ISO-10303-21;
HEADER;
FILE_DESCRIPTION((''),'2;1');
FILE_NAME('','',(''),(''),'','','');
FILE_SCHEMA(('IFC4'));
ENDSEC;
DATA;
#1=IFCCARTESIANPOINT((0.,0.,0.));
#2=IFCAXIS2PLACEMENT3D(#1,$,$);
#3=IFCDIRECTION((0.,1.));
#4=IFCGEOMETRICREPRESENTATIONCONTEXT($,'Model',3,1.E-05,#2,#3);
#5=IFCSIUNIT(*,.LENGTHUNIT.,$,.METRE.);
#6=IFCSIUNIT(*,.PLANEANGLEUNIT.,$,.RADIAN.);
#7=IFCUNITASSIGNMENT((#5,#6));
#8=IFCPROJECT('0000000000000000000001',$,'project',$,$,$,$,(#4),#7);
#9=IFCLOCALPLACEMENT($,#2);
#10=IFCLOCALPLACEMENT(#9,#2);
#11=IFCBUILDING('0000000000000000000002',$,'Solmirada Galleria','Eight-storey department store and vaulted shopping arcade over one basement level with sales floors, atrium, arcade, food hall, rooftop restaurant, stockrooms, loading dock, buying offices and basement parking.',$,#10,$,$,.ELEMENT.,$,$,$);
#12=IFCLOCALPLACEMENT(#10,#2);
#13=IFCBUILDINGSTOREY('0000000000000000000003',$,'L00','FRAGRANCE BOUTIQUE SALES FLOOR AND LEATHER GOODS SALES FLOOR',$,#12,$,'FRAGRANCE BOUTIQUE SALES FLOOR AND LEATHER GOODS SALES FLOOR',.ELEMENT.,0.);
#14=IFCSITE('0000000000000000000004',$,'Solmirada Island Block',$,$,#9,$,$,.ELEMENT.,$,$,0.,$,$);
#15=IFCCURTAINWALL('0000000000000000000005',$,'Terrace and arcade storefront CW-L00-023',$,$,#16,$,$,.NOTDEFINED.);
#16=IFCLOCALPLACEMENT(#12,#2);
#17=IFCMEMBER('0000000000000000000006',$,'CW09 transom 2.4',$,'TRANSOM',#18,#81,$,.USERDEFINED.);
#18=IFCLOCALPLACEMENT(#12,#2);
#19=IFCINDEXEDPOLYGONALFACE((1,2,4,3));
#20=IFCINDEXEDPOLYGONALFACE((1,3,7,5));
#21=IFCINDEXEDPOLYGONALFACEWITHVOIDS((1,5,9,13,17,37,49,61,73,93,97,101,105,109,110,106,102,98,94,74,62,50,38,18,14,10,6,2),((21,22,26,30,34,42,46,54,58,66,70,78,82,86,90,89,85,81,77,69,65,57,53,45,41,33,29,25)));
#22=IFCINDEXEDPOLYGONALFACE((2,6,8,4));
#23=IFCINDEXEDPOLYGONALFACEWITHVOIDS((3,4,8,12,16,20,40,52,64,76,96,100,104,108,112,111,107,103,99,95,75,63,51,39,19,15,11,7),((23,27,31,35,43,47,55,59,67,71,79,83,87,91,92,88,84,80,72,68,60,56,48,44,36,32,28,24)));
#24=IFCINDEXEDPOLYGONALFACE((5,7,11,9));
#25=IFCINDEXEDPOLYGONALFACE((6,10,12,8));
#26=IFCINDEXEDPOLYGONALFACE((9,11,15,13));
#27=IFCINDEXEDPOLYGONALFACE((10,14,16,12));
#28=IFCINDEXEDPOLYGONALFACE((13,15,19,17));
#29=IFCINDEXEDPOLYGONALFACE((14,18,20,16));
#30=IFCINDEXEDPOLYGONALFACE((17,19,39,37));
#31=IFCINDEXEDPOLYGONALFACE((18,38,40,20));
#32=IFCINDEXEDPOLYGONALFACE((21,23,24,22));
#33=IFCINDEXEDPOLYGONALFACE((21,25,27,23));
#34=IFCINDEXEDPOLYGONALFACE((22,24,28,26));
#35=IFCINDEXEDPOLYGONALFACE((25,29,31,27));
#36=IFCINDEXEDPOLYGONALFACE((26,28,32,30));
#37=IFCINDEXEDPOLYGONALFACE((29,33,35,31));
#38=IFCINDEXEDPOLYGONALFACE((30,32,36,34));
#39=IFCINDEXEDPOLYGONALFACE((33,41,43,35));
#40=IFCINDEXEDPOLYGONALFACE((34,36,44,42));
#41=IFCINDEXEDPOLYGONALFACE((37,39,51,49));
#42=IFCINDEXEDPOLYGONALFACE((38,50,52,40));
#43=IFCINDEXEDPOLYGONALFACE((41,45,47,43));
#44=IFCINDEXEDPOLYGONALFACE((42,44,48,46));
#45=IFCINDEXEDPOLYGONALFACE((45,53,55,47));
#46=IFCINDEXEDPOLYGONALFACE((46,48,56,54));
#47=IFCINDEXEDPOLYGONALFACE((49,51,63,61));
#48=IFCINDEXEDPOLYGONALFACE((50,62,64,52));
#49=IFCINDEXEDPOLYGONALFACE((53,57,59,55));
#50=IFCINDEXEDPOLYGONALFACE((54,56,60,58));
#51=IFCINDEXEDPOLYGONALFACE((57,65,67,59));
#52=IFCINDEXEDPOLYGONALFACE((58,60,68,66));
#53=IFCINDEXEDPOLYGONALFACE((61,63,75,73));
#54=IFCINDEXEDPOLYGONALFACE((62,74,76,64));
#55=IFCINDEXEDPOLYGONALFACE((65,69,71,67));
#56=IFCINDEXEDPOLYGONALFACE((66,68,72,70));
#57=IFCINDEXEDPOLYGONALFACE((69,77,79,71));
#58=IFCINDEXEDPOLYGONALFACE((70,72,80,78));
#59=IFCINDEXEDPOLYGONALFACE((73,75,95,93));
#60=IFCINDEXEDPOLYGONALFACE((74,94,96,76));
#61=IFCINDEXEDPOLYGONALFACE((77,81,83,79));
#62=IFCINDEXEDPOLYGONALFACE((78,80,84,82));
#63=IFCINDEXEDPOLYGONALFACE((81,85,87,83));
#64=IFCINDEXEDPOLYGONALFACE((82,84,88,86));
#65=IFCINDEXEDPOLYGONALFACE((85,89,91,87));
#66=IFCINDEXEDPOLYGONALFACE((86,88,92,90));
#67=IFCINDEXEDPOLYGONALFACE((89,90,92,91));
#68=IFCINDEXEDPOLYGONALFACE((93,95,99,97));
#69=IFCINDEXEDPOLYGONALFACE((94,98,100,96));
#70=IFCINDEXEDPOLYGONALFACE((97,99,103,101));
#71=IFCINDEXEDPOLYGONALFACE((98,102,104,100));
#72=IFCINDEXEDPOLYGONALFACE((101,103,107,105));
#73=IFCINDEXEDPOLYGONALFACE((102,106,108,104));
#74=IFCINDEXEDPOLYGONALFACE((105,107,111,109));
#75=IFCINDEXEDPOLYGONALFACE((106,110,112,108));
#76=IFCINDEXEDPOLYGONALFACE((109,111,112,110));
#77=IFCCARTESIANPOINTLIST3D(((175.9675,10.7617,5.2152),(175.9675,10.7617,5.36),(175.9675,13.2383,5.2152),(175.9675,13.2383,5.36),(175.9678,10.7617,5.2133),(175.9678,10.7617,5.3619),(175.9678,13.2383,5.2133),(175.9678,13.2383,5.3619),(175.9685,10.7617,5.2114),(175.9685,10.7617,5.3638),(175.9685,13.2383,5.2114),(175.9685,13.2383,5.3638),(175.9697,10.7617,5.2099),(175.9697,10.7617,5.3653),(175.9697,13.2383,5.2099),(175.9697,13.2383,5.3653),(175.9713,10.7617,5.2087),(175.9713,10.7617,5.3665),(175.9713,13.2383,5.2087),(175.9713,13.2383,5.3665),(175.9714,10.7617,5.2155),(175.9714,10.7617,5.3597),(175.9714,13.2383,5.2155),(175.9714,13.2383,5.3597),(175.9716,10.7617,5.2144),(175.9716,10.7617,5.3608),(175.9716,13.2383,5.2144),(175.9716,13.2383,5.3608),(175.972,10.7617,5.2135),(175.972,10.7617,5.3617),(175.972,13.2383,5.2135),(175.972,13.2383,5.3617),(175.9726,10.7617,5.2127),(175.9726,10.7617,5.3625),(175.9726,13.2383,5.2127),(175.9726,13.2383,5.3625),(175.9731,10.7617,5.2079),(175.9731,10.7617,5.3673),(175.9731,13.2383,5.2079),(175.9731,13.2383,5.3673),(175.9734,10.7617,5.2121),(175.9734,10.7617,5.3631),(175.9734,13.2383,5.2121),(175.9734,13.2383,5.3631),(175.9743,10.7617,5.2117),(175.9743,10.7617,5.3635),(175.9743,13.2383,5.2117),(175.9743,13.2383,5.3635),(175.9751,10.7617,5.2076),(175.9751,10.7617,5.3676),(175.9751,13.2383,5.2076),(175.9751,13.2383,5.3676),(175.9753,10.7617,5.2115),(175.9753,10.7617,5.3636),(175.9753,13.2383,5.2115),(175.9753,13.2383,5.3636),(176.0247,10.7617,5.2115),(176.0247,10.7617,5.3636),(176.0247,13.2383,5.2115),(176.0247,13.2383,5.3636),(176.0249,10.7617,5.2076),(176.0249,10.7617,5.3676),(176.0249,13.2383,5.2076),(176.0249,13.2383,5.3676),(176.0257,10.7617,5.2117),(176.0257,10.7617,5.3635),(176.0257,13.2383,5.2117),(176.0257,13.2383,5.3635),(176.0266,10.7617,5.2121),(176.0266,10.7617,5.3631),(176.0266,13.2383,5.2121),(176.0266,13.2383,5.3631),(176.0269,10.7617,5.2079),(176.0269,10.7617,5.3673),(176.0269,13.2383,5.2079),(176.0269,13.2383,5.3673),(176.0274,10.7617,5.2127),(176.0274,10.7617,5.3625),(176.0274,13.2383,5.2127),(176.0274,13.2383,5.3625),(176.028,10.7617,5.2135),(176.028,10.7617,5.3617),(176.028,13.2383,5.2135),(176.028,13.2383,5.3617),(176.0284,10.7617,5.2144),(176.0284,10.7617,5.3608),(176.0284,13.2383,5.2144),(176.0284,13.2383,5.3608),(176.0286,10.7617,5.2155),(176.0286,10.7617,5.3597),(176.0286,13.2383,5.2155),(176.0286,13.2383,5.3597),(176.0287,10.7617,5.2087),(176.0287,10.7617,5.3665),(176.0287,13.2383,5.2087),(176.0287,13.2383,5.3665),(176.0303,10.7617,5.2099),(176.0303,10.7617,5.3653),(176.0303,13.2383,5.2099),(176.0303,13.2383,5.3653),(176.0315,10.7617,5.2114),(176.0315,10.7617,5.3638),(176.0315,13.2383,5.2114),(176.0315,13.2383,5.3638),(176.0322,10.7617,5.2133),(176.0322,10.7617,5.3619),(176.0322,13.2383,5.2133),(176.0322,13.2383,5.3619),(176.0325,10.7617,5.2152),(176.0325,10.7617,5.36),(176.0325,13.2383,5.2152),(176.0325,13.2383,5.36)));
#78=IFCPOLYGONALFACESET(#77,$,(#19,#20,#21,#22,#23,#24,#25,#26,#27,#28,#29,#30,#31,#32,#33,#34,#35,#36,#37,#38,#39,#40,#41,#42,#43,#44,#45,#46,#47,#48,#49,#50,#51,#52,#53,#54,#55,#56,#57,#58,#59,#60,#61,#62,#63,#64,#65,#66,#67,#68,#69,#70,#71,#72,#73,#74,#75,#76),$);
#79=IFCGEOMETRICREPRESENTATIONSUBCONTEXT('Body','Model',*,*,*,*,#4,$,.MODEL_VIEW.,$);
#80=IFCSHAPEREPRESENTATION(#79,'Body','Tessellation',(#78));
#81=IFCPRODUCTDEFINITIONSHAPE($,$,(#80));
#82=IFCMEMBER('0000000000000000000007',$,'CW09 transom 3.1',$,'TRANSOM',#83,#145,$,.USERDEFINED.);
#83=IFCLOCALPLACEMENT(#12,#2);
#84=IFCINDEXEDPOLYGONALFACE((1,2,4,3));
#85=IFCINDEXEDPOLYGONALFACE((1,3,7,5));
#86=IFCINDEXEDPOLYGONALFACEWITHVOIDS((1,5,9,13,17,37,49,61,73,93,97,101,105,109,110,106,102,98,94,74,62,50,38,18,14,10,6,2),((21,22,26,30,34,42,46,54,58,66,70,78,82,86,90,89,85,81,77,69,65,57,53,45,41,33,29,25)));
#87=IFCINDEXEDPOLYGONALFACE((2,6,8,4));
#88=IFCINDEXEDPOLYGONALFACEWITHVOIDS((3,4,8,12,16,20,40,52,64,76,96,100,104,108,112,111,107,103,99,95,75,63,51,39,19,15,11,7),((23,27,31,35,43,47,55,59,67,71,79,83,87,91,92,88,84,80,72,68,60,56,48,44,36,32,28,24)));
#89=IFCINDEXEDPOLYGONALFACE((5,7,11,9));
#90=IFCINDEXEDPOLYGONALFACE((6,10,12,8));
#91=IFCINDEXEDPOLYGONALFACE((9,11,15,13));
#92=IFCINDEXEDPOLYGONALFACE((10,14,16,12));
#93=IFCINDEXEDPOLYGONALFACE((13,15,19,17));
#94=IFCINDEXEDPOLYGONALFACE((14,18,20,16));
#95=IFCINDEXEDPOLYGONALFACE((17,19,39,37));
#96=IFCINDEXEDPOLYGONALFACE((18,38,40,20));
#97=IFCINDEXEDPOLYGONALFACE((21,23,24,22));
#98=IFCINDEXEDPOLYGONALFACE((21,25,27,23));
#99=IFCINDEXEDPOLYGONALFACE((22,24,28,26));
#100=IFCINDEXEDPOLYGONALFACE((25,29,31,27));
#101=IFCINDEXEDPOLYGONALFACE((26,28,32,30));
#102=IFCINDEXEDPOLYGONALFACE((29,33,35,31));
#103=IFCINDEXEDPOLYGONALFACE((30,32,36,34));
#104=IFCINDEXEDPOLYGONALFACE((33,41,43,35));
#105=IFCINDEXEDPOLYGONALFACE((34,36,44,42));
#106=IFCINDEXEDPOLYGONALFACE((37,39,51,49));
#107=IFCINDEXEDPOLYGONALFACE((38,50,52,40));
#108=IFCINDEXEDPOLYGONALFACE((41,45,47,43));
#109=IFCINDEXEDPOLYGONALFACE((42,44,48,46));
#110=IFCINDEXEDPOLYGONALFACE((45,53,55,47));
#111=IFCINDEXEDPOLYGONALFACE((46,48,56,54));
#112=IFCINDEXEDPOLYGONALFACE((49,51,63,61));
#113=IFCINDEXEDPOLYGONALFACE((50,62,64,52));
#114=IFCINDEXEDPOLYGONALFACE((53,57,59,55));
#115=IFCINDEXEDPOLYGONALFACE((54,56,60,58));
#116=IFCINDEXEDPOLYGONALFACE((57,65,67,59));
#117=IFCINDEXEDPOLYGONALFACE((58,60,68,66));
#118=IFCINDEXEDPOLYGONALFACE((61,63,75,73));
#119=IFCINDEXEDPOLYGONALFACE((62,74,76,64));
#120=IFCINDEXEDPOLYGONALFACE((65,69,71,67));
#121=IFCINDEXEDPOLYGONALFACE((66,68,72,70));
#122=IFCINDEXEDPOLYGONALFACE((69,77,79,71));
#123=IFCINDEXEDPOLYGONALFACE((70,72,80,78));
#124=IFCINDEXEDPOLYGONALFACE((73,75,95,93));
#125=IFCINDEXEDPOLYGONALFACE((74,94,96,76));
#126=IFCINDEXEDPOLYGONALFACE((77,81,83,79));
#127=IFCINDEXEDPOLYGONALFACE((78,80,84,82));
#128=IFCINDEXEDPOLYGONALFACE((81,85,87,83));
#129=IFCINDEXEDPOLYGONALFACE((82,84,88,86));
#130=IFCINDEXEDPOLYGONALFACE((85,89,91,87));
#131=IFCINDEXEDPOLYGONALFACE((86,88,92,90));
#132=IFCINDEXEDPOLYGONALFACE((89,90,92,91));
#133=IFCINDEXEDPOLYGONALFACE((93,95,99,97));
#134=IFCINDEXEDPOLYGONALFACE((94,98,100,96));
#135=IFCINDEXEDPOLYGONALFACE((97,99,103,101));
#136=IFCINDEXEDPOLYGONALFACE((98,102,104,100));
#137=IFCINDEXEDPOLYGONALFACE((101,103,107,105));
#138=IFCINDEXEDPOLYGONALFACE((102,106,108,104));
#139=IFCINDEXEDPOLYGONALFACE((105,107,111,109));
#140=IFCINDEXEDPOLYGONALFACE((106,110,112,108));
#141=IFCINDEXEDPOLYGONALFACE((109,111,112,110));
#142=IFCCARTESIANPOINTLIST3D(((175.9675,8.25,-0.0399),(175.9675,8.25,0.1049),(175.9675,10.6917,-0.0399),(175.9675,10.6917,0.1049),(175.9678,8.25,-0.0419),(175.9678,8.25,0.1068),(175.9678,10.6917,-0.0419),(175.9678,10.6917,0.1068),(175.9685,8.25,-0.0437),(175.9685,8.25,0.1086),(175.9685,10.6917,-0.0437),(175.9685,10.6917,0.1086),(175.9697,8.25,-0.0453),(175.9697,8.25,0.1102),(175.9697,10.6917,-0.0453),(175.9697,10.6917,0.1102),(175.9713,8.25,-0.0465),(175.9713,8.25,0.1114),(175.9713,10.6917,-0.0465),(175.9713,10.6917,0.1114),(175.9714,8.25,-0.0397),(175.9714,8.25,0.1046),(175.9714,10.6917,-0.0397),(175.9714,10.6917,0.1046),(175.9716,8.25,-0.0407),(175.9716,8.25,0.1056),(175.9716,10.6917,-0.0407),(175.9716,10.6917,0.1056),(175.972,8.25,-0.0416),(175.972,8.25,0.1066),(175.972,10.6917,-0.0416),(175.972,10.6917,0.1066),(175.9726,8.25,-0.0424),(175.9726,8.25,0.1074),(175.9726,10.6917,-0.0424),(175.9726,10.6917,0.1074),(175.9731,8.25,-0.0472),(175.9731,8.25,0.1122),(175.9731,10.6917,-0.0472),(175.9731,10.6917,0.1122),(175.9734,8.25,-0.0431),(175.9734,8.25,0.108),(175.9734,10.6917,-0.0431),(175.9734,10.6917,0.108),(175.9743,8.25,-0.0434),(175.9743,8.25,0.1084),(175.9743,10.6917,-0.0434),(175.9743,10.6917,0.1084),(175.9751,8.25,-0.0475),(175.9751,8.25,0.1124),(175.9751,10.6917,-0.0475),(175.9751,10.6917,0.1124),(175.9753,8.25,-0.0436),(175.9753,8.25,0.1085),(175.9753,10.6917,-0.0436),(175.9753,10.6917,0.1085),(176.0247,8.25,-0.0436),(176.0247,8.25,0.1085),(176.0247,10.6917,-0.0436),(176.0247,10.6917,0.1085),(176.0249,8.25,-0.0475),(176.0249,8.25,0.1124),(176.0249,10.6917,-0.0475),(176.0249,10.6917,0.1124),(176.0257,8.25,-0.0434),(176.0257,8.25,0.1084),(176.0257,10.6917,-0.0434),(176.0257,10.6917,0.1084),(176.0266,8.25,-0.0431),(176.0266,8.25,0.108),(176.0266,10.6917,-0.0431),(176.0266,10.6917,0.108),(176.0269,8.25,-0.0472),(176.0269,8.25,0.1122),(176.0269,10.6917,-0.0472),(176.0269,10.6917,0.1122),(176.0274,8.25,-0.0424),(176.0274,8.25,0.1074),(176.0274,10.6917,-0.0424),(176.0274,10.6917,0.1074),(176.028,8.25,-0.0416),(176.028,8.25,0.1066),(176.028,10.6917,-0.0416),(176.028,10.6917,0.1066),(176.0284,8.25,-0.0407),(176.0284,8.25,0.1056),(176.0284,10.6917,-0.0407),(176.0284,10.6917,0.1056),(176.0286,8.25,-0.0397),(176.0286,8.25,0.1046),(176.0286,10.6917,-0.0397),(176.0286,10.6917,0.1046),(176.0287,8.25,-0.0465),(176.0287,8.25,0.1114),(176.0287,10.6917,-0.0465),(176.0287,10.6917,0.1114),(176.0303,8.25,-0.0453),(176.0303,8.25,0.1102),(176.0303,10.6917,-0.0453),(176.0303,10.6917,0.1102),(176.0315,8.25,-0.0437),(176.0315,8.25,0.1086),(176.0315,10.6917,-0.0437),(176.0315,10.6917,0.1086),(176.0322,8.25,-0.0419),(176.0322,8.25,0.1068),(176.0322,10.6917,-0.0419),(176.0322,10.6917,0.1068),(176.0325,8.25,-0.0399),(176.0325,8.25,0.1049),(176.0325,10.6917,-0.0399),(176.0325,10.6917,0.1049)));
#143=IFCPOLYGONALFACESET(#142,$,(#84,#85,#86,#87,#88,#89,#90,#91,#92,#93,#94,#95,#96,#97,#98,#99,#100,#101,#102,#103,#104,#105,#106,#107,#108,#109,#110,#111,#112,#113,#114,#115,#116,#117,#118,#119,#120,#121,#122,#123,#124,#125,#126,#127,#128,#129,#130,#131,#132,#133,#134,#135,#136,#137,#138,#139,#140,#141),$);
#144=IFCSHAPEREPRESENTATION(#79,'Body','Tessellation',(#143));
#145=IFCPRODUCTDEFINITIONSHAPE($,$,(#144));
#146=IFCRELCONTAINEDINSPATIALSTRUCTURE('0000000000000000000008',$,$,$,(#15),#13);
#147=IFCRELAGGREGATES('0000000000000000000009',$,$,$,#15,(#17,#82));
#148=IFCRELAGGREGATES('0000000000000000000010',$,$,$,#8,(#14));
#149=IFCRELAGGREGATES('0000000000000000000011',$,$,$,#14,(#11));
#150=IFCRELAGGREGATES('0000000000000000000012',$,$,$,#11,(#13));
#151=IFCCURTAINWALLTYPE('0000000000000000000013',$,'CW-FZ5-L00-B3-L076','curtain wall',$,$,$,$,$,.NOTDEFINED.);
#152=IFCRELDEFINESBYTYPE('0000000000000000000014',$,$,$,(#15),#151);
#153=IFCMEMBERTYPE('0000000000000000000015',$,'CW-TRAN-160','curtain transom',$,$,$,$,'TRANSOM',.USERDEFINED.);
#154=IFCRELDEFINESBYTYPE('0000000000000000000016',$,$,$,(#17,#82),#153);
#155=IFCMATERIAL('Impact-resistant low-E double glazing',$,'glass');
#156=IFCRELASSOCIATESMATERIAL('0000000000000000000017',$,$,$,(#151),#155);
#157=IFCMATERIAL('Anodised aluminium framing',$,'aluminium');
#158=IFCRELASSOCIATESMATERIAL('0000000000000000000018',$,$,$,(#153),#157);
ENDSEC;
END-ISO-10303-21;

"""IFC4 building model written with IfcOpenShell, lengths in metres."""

from ifc_helpers import new_model, si_unit, direction, frame, origin, origin_2d, place, context, subcontext, project, spatial, hollow_rectangle, extrude, material, material_profile, profile_set, type_object, element, aggregate, save


model = new_model("IFC4")

# Units and contexts
model_context = context("Model", 3, precision=1e-05, world=origin(), true_north=direction((0.0, 1.0)))
body_context = subcontext(model_context, "Body", "Model", "MODEL_VIEW")
ifc_project = project(units=[si_unit("LENGTHUNIT", "METRE"), si_unit("PLANEANGLEUNIT", "RADIAN")], contexts=[model_context])

# Site, building, storey
site_placement = place(None, origin())
site = spatial("IfcSite", under=ifc_project, at=site_placement, Name="Solmirada Island Block", CompositionType="ELEMENT", RefElevation=0.0)
building_placement = place(site_placement, origin())
building = spatial("IfcBuilding", under=site, at=building_placement, Name="Solmirada Galleria", Description="Eight-storey department store and vaulted shopping arcade over one basement level with sales floors, atrium, arcade, food hall, rooftop restaurant, stockrooms, loading dock, buying offices and basement parking.", CompositionType="ELEMENT")
storey_placement = place(building_placement, origin())
storey = spatial("IfcBuildingStorey", under=building, at=storey_placement, Name="L00", Description="FRAGRANCE BOUTIQUE SALES FLOOR AND LEATHER GOODS SALES FLOOR", LongName="FRAGRANCE BOUTIQUE SALES FLOOR AND LEATHER GOODS SALES FLOOR", CompositionType="ELEMENT", Elevation=0.0)

# Curtain wall
ifc_material_1 = material(Name="Impact-resistant low-E double glazing", Category="glass")
curtain_wall_type = type_object("IfcCurtainWallType", Name="CW-FZ5-L00-B3-L076", Description="curtain wall", PredefinedType="NOTDEFINED", material=ifc_material_1)
curtain_wall_1_placement = place(storey_placement, origin())
curtain_wall_1 = element("IfcCurtainWall", 1, at=curtain_wall_1_placement, inside=storey, type_object=curtain_wall_type, Name="Terrace and arcade storefront CW-L00-023", PredefinedType="NOTDEFINED")
ifc_material_2 = material(Name="Anodised aluminium framing", Category="aluminium")

# Members
ifc_material_profile_1 = material_profile(ifc_material_2, hollow_rectangle(XDim=0.0649, YDim=0.1599, WallThickness=0.0039, InnerFilletRadius=0.0039, OuterFilletRadius=0.0076, at=origin_2d()), Name="ALU-TRAN-160X65")
ifc_profile_set_1 = profile_set([ifc_material_profile_1], Name="Anodised aluminium framing")
member_type_1 = type_object("IfcMemberType", Name="CW-TRAN-160", Description="curtain transom", ElementType="TRANSOM", PredefinedType="USERDEFINED", material=ifc_profile_set_1)
member_1_placement = place(storey_placement, frame((176.0, 13.2383, 5.2876), z_axis=(0.0, -1.0, 0.0), x_axis=(1.0, 0.0, 0.0)))
member_1 = element("IfcMember", 2, at=member_1_placement, type_object=member_type_1, Name="CW09 transom 2.4", ObjectType="TRANSOM", PredefinedType="USERDEFINED", context=body_context, shape_type="SweptSolid", body=[
    extrude(hollow_rectangle(XDim=0.0649, YDim=0.1599, WallThickness=0.0039, InnerFilletRadius=0.0039, OuterFilletRadius=0.0076, at=origin_2d()), origin(), (0.0, 0.0, 1.0), 2.4766),
])
member_2_placement = place(storey_placement, frame((176.0, 10.6917, 0.0325), z_axis=(0.0, -1.0, 0.0), x_axis=(1.0, 0.0, 0.0)))
member_2 = element("IfcMember", 3, at=member_2_placement, type_object=member_type_1, Name="CW09 transom 3.1", ObjectType="TRANSOM", PredefinedType="USERDEFINED", context=body_context, shape_type="SweptSolid", body=[
    extrude(hollow_rectangle(XDim=0.0649, YDim=0.1599, WallThickness=0.0039, InnerFilletRadius=0.0039, OuterFilletRadius=0.0076, at=origin_2d()), origin(), (0.0, 0.0, 1.0), 2.4417),
])

aggregate(curtain_wall_1, [member_1, member_2])

save(model, "model.ifc")
